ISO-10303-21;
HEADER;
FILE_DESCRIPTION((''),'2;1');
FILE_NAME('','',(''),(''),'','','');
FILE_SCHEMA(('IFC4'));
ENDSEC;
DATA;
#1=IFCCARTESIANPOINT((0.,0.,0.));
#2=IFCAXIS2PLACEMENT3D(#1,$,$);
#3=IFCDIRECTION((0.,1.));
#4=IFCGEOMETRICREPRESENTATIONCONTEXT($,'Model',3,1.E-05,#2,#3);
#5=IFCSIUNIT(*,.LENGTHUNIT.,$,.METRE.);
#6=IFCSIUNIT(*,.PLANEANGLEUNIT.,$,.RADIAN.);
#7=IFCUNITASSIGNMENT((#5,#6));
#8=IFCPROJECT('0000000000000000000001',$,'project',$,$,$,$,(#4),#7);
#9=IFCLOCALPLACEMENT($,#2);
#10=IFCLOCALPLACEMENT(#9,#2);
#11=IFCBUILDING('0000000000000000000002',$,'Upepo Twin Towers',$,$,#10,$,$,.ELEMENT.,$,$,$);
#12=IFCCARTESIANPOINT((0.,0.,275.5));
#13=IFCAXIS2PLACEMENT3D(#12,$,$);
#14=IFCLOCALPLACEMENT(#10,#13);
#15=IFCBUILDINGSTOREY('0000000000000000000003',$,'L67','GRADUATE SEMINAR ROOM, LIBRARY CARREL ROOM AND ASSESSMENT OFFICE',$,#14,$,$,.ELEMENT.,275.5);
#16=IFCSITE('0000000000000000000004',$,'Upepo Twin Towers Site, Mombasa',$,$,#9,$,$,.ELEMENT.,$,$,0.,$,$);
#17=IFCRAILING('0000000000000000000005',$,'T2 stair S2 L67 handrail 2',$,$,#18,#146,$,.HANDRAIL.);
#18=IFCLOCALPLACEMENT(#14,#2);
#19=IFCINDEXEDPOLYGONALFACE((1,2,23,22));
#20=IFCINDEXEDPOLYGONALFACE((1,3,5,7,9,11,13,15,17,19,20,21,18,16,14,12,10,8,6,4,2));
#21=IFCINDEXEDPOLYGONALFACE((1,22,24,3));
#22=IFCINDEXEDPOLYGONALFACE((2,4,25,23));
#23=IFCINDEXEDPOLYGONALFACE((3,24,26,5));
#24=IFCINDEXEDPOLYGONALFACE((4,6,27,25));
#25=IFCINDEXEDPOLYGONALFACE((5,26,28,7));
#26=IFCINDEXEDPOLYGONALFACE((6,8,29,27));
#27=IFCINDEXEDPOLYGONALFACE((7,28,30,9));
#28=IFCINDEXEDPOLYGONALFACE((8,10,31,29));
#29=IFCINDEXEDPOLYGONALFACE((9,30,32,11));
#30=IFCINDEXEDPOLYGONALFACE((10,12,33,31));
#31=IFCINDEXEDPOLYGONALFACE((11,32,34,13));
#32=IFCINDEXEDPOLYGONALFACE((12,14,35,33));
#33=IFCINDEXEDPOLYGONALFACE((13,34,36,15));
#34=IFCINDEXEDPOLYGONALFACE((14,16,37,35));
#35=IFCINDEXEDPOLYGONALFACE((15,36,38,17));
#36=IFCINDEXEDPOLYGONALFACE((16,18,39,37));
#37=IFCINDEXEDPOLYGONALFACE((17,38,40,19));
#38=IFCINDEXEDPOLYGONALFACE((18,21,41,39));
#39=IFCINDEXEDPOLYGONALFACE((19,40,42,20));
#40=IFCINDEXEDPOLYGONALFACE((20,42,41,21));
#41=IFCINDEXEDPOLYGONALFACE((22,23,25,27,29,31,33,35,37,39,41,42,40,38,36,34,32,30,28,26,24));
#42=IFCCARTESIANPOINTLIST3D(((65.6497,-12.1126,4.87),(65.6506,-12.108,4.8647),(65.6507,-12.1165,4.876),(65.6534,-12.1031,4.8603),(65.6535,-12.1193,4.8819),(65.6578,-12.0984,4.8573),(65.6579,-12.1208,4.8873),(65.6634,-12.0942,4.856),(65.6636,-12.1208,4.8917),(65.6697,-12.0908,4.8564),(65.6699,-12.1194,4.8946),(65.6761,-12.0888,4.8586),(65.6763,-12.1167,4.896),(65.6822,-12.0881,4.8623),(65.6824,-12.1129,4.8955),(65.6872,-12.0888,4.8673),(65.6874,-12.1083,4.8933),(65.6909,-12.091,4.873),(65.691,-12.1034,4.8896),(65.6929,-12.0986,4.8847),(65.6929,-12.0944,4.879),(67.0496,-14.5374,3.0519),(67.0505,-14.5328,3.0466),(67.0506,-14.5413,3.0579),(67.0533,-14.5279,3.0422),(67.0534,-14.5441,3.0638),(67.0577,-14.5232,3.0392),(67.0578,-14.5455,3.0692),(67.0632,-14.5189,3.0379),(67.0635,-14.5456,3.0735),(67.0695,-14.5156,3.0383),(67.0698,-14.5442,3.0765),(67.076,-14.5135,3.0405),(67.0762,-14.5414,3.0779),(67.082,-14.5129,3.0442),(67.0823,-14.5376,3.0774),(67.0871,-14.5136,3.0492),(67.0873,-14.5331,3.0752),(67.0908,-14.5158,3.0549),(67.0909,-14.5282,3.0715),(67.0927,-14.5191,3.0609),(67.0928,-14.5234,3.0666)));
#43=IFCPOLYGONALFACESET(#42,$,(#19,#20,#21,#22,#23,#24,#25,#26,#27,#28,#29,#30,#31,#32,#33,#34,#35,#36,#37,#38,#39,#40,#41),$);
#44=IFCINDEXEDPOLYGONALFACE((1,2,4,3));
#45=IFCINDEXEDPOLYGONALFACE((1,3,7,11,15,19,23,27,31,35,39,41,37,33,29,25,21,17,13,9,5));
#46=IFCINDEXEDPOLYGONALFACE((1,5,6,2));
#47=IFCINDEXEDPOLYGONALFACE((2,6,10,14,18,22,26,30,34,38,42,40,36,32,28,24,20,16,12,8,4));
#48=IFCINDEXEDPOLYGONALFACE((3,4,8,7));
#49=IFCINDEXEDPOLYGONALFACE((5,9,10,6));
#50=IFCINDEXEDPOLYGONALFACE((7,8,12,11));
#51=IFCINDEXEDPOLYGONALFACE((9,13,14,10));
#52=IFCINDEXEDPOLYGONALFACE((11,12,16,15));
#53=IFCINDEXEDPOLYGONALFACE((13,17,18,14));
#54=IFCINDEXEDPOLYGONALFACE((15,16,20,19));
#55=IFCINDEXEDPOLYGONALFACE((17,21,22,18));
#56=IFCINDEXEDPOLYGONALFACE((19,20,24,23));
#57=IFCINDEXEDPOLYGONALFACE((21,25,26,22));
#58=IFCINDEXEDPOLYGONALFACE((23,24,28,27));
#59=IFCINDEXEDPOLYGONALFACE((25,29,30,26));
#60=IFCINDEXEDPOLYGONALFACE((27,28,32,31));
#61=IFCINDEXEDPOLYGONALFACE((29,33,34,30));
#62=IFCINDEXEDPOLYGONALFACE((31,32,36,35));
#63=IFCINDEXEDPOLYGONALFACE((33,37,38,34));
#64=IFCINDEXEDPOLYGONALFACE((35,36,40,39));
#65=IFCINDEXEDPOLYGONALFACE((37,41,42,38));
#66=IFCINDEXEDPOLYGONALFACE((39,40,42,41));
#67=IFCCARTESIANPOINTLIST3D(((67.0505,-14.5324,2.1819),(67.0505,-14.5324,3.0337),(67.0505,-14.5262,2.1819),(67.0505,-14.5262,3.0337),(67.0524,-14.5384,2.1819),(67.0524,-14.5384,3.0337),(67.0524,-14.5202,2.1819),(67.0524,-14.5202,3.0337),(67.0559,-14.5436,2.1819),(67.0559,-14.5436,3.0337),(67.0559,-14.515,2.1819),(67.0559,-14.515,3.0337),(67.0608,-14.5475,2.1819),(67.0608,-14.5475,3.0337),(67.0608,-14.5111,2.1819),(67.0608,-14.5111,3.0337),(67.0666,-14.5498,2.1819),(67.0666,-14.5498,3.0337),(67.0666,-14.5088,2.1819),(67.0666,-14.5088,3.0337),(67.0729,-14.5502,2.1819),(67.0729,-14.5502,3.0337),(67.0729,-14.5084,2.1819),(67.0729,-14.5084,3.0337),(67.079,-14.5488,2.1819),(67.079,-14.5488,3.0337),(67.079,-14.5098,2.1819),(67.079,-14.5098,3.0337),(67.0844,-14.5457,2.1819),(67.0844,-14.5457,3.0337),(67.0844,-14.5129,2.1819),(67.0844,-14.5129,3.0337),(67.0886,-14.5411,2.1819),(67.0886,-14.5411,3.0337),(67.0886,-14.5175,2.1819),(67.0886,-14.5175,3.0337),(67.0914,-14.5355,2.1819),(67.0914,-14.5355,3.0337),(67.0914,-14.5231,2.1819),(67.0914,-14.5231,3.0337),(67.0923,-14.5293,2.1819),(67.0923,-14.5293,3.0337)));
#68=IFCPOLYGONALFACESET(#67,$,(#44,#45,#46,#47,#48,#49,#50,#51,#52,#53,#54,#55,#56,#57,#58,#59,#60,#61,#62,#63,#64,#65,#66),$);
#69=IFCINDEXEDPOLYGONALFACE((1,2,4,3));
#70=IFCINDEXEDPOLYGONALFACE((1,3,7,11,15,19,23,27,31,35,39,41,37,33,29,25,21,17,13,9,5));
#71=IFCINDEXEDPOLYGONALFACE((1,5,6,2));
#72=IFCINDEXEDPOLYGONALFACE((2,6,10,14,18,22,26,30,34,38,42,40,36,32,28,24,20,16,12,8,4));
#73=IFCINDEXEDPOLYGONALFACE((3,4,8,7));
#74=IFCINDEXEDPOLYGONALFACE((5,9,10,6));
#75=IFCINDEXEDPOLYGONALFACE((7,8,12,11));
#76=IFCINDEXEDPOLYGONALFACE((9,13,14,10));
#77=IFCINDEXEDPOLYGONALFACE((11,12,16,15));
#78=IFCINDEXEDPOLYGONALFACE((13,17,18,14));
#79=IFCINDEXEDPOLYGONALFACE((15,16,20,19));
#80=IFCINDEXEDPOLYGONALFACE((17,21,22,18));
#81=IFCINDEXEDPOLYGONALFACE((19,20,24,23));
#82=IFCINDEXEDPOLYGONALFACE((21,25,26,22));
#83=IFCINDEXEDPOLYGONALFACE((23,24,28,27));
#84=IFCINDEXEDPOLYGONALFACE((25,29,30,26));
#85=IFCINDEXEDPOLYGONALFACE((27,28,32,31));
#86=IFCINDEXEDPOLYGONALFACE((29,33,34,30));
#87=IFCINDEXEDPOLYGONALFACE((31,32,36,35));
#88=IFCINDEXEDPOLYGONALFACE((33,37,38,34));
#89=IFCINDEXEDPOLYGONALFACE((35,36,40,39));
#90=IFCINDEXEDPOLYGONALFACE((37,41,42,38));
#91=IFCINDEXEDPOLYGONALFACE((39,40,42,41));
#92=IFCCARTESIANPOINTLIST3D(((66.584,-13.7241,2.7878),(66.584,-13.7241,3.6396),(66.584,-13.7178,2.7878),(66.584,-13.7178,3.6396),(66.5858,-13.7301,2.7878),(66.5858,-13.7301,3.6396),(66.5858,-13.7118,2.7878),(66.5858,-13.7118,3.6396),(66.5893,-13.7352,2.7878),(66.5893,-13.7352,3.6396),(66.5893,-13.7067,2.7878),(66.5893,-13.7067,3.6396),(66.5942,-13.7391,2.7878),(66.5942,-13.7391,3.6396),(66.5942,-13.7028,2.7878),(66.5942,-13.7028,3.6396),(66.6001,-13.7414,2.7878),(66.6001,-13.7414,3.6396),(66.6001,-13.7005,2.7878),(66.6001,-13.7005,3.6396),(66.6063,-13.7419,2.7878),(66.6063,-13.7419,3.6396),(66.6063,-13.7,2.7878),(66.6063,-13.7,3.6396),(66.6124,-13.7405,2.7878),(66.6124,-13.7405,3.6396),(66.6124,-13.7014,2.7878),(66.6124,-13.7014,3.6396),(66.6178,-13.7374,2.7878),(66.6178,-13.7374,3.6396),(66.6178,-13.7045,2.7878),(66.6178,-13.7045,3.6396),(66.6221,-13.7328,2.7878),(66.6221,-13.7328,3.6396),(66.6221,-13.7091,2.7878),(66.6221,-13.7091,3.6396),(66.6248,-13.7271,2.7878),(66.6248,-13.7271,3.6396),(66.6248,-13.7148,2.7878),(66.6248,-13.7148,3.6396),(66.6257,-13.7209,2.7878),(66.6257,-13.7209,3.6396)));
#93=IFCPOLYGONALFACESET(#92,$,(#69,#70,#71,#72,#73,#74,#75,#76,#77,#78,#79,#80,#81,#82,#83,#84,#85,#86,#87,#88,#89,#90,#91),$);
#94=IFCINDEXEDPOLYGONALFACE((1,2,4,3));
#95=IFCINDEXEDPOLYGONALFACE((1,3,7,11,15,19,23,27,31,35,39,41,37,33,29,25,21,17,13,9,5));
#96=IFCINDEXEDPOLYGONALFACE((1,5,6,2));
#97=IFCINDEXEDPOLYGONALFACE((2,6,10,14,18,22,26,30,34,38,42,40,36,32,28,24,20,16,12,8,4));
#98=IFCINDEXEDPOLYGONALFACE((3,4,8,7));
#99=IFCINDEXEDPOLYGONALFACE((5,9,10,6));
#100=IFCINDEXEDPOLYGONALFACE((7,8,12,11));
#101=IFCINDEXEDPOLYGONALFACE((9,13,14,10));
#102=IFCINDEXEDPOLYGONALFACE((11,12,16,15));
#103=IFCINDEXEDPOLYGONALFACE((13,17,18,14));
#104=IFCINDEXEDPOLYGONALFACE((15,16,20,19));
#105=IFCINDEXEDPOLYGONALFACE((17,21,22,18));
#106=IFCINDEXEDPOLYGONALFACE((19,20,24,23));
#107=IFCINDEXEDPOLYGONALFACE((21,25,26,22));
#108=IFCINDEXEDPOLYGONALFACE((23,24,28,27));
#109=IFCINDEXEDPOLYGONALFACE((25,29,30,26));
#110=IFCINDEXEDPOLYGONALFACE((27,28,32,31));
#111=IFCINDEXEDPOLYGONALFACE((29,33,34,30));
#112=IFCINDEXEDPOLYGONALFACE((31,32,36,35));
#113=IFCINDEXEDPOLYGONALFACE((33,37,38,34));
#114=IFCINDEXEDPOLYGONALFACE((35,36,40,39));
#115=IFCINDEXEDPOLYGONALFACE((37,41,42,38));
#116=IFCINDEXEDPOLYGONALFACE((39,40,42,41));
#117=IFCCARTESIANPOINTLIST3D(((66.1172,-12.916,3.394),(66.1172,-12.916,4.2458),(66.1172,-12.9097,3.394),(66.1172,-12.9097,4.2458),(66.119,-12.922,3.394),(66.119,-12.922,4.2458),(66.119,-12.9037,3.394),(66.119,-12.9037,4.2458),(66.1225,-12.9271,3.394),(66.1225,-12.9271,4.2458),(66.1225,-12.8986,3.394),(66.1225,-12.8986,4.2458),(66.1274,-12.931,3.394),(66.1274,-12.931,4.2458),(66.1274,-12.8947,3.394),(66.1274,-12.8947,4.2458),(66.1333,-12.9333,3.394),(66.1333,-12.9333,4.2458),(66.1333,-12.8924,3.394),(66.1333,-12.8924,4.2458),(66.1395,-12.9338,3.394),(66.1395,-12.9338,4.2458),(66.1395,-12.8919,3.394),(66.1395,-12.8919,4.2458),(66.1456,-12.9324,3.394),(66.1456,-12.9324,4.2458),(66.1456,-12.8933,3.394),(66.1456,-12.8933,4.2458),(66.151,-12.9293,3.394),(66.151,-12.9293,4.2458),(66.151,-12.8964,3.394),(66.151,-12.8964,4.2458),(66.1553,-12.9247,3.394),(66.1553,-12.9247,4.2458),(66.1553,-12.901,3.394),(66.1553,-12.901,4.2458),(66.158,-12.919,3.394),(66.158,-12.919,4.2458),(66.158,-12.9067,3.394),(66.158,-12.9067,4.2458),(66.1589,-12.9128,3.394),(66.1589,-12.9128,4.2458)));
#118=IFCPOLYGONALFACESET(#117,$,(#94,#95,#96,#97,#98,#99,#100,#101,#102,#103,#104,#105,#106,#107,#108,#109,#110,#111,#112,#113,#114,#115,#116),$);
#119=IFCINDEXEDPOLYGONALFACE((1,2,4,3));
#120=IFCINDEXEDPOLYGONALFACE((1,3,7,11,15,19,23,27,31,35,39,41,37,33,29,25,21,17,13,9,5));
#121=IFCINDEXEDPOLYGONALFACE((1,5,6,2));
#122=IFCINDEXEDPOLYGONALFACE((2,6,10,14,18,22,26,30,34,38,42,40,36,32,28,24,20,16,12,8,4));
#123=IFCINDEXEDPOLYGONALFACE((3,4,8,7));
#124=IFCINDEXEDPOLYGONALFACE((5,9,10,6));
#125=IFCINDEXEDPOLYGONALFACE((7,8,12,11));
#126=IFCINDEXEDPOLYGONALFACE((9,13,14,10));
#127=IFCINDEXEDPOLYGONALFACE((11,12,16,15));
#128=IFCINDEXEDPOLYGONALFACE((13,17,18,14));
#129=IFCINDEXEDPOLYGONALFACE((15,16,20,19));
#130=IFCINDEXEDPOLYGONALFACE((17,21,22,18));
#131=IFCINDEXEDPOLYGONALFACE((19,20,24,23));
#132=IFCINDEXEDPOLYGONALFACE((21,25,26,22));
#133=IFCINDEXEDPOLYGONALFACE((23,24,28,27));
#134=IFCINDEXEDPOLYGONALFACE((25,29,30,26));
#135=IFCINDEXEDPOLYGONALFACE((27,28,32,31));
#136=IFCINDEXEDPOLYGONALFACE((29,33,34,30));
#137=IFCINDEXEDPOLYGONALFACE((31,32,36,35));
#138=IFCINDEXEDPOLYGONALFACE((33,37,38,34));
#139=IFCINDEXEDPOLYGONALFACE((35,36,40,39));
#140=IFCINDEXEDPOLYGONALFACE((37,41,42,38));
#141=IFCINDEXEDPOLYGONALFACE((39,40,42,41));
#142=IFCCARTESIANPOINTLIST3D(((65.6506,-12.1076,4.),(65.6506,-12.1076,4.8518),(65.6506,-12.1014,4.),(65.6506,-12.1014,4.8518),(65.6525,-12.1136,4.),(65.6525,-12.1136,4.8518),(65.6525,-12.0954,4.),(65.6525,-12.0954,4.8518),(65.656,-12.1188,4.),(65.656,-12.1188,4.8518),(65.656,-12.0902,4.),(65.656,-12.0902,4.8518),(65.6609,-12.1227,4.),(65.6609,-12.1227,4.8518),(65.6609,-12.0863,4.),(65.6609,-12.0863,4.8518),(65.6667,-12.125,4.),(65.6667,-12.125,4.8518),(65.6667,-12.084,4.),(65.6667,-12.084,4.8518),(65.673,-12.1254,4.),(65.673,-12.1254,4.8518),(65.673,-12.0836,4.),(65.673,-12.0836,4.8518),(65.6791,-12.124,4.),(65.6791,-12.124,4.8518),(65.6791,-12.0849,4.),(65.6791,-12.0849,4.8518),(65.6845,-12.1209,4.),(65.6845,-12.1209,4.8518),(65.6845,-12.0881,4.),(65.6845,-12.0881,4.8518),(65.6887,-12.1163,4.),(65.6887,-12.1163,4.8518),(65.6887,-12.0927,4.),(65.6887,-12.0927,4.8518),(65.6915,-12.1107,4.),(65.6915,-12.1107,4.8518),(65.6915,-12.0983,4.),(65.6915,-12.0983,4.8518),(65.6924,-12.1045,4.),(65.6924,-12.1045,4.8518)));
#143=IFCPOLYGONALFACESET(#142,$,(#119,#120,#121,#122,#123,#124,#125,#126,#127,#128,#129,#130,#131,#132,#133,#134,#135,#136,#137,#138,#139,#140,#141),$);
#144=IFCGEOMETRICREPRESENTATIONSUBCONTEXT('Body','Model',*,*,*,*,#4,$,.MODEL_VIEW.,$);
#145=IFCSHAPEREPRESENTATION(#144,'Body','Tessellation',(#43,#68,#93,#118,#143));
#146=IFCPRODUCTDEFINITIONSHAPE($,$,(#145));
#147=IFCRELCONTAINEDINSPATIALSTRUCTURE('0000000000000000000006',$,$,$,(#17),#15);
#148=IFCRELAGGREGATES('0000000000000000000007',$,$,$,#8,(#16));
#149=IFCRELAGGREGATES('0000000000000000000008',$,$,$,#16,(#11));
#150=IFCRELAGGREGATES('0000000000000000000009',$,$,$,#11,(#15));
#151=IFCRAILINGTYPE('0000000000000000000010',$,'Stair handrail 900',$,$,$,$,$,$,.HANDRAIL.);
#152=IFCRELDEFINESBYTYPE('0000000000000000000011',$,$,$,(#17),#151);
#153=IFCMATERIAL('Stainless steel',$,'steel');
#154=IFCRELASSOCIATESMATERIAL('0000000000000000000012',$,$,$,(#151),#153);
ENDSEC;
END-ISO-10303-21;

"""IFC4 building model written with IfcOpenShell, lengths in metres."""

from ifc_helpers import new_model, si_unit, direction, frame, origin, origin_2d, place, context, subcontext, project, spatial, circle, extrude, material, type_object, element, save


model = new_model("IFC4")

# Units and contexts
model_context = context("Model", 3, precision=1e-05, world=origin(), true_north=direction((0.0, 1.0)))
body_context = subcontext(model_context, "Body", "Model", "MODEL_VIEW")
ifc_project = project(units=[si_unit("LENGTHUNIT", "METRE"), si_unit("PLANEANGLEUNIT", "RADIAN")], contexts=[model_context])

# Site, building, storey
site_placement = place(None, origin())
site = spatial("IfcSite", under=ifc_project, at=site_placement, Name="Upepo Twin Towers Site, Mombasa", CompositionType="ELEMENT", RefElevation=0.0)
building_placement = place(site_placement, origin())
building = spatial("IfcBuilding", under=site, at=building_placement, Name="Upepo Twin Towers", CompositionType="ELEMENT")
storey_placement = place(building_placement, frame((0.0, 0.0, 275.5)))
storey = spatial("IfcBuildingStorey", under=building, at=storey_placement, Name="L67", Description="GRADUATE SEMINAR ROOM, LIBRARY CARREL ROOM AND ASSESSMENT OFFICE", CompositionType="ELEMENT", Elevation=275.5)

# Railing
ifc_material_1 = material(Name="Stainless steel", Category="steel")
railing_type = type_object("IfcRailingType", Name="Stair handrail 900", PredefinedType="HANDRAIL", material=ifc_material_1)
railing_1_placement = place(storey_placement, frame((67.0713, -14.5293, 2.1819)))
element("IfcRailing", 1, at=railing_1_placement, inside=storey, type_object=railing_type, Name="T2 stair S2 L67 handrail 2", PredefinedType="HANDRAIL", context=body_context, shape_type="SweptSolid", body=[
    extrude(circle(Radius=0.0239, at=origin_2d()), frame((0.0, 0.0, 0.876), z_axis=(-0.419333, 0.726336, 0.544606), x_axis=(-0.866035, -0.499984, 0.0)), (0.0, 0.0, 1.0), 3.3384),
    extrude(circle(Radius=0.021, at=origin_2d()), origin(), (0.0, 0.0, 1.0), 0.8518),
    extrude(circle(Radius=0.021, at=origin_2d()), frame((-0.4666, 0.8083, 0.606)), (0.0, 0.0, 1.0), 0.8518),
    extrude(circle(Radius=0.021, at=origin_2d()), frame((-0.9333, 1.6165, 1.2122)), (0.0, 0.0, 1.0), 0.8518),
    extrude(circle(Radius=0.021, at=origin_2d()), frame((-1.3999, 2.4248, 1.8181)), (0.0, 0.0, 1.0), 0.8518),
])

save(model, "model.ifc")
